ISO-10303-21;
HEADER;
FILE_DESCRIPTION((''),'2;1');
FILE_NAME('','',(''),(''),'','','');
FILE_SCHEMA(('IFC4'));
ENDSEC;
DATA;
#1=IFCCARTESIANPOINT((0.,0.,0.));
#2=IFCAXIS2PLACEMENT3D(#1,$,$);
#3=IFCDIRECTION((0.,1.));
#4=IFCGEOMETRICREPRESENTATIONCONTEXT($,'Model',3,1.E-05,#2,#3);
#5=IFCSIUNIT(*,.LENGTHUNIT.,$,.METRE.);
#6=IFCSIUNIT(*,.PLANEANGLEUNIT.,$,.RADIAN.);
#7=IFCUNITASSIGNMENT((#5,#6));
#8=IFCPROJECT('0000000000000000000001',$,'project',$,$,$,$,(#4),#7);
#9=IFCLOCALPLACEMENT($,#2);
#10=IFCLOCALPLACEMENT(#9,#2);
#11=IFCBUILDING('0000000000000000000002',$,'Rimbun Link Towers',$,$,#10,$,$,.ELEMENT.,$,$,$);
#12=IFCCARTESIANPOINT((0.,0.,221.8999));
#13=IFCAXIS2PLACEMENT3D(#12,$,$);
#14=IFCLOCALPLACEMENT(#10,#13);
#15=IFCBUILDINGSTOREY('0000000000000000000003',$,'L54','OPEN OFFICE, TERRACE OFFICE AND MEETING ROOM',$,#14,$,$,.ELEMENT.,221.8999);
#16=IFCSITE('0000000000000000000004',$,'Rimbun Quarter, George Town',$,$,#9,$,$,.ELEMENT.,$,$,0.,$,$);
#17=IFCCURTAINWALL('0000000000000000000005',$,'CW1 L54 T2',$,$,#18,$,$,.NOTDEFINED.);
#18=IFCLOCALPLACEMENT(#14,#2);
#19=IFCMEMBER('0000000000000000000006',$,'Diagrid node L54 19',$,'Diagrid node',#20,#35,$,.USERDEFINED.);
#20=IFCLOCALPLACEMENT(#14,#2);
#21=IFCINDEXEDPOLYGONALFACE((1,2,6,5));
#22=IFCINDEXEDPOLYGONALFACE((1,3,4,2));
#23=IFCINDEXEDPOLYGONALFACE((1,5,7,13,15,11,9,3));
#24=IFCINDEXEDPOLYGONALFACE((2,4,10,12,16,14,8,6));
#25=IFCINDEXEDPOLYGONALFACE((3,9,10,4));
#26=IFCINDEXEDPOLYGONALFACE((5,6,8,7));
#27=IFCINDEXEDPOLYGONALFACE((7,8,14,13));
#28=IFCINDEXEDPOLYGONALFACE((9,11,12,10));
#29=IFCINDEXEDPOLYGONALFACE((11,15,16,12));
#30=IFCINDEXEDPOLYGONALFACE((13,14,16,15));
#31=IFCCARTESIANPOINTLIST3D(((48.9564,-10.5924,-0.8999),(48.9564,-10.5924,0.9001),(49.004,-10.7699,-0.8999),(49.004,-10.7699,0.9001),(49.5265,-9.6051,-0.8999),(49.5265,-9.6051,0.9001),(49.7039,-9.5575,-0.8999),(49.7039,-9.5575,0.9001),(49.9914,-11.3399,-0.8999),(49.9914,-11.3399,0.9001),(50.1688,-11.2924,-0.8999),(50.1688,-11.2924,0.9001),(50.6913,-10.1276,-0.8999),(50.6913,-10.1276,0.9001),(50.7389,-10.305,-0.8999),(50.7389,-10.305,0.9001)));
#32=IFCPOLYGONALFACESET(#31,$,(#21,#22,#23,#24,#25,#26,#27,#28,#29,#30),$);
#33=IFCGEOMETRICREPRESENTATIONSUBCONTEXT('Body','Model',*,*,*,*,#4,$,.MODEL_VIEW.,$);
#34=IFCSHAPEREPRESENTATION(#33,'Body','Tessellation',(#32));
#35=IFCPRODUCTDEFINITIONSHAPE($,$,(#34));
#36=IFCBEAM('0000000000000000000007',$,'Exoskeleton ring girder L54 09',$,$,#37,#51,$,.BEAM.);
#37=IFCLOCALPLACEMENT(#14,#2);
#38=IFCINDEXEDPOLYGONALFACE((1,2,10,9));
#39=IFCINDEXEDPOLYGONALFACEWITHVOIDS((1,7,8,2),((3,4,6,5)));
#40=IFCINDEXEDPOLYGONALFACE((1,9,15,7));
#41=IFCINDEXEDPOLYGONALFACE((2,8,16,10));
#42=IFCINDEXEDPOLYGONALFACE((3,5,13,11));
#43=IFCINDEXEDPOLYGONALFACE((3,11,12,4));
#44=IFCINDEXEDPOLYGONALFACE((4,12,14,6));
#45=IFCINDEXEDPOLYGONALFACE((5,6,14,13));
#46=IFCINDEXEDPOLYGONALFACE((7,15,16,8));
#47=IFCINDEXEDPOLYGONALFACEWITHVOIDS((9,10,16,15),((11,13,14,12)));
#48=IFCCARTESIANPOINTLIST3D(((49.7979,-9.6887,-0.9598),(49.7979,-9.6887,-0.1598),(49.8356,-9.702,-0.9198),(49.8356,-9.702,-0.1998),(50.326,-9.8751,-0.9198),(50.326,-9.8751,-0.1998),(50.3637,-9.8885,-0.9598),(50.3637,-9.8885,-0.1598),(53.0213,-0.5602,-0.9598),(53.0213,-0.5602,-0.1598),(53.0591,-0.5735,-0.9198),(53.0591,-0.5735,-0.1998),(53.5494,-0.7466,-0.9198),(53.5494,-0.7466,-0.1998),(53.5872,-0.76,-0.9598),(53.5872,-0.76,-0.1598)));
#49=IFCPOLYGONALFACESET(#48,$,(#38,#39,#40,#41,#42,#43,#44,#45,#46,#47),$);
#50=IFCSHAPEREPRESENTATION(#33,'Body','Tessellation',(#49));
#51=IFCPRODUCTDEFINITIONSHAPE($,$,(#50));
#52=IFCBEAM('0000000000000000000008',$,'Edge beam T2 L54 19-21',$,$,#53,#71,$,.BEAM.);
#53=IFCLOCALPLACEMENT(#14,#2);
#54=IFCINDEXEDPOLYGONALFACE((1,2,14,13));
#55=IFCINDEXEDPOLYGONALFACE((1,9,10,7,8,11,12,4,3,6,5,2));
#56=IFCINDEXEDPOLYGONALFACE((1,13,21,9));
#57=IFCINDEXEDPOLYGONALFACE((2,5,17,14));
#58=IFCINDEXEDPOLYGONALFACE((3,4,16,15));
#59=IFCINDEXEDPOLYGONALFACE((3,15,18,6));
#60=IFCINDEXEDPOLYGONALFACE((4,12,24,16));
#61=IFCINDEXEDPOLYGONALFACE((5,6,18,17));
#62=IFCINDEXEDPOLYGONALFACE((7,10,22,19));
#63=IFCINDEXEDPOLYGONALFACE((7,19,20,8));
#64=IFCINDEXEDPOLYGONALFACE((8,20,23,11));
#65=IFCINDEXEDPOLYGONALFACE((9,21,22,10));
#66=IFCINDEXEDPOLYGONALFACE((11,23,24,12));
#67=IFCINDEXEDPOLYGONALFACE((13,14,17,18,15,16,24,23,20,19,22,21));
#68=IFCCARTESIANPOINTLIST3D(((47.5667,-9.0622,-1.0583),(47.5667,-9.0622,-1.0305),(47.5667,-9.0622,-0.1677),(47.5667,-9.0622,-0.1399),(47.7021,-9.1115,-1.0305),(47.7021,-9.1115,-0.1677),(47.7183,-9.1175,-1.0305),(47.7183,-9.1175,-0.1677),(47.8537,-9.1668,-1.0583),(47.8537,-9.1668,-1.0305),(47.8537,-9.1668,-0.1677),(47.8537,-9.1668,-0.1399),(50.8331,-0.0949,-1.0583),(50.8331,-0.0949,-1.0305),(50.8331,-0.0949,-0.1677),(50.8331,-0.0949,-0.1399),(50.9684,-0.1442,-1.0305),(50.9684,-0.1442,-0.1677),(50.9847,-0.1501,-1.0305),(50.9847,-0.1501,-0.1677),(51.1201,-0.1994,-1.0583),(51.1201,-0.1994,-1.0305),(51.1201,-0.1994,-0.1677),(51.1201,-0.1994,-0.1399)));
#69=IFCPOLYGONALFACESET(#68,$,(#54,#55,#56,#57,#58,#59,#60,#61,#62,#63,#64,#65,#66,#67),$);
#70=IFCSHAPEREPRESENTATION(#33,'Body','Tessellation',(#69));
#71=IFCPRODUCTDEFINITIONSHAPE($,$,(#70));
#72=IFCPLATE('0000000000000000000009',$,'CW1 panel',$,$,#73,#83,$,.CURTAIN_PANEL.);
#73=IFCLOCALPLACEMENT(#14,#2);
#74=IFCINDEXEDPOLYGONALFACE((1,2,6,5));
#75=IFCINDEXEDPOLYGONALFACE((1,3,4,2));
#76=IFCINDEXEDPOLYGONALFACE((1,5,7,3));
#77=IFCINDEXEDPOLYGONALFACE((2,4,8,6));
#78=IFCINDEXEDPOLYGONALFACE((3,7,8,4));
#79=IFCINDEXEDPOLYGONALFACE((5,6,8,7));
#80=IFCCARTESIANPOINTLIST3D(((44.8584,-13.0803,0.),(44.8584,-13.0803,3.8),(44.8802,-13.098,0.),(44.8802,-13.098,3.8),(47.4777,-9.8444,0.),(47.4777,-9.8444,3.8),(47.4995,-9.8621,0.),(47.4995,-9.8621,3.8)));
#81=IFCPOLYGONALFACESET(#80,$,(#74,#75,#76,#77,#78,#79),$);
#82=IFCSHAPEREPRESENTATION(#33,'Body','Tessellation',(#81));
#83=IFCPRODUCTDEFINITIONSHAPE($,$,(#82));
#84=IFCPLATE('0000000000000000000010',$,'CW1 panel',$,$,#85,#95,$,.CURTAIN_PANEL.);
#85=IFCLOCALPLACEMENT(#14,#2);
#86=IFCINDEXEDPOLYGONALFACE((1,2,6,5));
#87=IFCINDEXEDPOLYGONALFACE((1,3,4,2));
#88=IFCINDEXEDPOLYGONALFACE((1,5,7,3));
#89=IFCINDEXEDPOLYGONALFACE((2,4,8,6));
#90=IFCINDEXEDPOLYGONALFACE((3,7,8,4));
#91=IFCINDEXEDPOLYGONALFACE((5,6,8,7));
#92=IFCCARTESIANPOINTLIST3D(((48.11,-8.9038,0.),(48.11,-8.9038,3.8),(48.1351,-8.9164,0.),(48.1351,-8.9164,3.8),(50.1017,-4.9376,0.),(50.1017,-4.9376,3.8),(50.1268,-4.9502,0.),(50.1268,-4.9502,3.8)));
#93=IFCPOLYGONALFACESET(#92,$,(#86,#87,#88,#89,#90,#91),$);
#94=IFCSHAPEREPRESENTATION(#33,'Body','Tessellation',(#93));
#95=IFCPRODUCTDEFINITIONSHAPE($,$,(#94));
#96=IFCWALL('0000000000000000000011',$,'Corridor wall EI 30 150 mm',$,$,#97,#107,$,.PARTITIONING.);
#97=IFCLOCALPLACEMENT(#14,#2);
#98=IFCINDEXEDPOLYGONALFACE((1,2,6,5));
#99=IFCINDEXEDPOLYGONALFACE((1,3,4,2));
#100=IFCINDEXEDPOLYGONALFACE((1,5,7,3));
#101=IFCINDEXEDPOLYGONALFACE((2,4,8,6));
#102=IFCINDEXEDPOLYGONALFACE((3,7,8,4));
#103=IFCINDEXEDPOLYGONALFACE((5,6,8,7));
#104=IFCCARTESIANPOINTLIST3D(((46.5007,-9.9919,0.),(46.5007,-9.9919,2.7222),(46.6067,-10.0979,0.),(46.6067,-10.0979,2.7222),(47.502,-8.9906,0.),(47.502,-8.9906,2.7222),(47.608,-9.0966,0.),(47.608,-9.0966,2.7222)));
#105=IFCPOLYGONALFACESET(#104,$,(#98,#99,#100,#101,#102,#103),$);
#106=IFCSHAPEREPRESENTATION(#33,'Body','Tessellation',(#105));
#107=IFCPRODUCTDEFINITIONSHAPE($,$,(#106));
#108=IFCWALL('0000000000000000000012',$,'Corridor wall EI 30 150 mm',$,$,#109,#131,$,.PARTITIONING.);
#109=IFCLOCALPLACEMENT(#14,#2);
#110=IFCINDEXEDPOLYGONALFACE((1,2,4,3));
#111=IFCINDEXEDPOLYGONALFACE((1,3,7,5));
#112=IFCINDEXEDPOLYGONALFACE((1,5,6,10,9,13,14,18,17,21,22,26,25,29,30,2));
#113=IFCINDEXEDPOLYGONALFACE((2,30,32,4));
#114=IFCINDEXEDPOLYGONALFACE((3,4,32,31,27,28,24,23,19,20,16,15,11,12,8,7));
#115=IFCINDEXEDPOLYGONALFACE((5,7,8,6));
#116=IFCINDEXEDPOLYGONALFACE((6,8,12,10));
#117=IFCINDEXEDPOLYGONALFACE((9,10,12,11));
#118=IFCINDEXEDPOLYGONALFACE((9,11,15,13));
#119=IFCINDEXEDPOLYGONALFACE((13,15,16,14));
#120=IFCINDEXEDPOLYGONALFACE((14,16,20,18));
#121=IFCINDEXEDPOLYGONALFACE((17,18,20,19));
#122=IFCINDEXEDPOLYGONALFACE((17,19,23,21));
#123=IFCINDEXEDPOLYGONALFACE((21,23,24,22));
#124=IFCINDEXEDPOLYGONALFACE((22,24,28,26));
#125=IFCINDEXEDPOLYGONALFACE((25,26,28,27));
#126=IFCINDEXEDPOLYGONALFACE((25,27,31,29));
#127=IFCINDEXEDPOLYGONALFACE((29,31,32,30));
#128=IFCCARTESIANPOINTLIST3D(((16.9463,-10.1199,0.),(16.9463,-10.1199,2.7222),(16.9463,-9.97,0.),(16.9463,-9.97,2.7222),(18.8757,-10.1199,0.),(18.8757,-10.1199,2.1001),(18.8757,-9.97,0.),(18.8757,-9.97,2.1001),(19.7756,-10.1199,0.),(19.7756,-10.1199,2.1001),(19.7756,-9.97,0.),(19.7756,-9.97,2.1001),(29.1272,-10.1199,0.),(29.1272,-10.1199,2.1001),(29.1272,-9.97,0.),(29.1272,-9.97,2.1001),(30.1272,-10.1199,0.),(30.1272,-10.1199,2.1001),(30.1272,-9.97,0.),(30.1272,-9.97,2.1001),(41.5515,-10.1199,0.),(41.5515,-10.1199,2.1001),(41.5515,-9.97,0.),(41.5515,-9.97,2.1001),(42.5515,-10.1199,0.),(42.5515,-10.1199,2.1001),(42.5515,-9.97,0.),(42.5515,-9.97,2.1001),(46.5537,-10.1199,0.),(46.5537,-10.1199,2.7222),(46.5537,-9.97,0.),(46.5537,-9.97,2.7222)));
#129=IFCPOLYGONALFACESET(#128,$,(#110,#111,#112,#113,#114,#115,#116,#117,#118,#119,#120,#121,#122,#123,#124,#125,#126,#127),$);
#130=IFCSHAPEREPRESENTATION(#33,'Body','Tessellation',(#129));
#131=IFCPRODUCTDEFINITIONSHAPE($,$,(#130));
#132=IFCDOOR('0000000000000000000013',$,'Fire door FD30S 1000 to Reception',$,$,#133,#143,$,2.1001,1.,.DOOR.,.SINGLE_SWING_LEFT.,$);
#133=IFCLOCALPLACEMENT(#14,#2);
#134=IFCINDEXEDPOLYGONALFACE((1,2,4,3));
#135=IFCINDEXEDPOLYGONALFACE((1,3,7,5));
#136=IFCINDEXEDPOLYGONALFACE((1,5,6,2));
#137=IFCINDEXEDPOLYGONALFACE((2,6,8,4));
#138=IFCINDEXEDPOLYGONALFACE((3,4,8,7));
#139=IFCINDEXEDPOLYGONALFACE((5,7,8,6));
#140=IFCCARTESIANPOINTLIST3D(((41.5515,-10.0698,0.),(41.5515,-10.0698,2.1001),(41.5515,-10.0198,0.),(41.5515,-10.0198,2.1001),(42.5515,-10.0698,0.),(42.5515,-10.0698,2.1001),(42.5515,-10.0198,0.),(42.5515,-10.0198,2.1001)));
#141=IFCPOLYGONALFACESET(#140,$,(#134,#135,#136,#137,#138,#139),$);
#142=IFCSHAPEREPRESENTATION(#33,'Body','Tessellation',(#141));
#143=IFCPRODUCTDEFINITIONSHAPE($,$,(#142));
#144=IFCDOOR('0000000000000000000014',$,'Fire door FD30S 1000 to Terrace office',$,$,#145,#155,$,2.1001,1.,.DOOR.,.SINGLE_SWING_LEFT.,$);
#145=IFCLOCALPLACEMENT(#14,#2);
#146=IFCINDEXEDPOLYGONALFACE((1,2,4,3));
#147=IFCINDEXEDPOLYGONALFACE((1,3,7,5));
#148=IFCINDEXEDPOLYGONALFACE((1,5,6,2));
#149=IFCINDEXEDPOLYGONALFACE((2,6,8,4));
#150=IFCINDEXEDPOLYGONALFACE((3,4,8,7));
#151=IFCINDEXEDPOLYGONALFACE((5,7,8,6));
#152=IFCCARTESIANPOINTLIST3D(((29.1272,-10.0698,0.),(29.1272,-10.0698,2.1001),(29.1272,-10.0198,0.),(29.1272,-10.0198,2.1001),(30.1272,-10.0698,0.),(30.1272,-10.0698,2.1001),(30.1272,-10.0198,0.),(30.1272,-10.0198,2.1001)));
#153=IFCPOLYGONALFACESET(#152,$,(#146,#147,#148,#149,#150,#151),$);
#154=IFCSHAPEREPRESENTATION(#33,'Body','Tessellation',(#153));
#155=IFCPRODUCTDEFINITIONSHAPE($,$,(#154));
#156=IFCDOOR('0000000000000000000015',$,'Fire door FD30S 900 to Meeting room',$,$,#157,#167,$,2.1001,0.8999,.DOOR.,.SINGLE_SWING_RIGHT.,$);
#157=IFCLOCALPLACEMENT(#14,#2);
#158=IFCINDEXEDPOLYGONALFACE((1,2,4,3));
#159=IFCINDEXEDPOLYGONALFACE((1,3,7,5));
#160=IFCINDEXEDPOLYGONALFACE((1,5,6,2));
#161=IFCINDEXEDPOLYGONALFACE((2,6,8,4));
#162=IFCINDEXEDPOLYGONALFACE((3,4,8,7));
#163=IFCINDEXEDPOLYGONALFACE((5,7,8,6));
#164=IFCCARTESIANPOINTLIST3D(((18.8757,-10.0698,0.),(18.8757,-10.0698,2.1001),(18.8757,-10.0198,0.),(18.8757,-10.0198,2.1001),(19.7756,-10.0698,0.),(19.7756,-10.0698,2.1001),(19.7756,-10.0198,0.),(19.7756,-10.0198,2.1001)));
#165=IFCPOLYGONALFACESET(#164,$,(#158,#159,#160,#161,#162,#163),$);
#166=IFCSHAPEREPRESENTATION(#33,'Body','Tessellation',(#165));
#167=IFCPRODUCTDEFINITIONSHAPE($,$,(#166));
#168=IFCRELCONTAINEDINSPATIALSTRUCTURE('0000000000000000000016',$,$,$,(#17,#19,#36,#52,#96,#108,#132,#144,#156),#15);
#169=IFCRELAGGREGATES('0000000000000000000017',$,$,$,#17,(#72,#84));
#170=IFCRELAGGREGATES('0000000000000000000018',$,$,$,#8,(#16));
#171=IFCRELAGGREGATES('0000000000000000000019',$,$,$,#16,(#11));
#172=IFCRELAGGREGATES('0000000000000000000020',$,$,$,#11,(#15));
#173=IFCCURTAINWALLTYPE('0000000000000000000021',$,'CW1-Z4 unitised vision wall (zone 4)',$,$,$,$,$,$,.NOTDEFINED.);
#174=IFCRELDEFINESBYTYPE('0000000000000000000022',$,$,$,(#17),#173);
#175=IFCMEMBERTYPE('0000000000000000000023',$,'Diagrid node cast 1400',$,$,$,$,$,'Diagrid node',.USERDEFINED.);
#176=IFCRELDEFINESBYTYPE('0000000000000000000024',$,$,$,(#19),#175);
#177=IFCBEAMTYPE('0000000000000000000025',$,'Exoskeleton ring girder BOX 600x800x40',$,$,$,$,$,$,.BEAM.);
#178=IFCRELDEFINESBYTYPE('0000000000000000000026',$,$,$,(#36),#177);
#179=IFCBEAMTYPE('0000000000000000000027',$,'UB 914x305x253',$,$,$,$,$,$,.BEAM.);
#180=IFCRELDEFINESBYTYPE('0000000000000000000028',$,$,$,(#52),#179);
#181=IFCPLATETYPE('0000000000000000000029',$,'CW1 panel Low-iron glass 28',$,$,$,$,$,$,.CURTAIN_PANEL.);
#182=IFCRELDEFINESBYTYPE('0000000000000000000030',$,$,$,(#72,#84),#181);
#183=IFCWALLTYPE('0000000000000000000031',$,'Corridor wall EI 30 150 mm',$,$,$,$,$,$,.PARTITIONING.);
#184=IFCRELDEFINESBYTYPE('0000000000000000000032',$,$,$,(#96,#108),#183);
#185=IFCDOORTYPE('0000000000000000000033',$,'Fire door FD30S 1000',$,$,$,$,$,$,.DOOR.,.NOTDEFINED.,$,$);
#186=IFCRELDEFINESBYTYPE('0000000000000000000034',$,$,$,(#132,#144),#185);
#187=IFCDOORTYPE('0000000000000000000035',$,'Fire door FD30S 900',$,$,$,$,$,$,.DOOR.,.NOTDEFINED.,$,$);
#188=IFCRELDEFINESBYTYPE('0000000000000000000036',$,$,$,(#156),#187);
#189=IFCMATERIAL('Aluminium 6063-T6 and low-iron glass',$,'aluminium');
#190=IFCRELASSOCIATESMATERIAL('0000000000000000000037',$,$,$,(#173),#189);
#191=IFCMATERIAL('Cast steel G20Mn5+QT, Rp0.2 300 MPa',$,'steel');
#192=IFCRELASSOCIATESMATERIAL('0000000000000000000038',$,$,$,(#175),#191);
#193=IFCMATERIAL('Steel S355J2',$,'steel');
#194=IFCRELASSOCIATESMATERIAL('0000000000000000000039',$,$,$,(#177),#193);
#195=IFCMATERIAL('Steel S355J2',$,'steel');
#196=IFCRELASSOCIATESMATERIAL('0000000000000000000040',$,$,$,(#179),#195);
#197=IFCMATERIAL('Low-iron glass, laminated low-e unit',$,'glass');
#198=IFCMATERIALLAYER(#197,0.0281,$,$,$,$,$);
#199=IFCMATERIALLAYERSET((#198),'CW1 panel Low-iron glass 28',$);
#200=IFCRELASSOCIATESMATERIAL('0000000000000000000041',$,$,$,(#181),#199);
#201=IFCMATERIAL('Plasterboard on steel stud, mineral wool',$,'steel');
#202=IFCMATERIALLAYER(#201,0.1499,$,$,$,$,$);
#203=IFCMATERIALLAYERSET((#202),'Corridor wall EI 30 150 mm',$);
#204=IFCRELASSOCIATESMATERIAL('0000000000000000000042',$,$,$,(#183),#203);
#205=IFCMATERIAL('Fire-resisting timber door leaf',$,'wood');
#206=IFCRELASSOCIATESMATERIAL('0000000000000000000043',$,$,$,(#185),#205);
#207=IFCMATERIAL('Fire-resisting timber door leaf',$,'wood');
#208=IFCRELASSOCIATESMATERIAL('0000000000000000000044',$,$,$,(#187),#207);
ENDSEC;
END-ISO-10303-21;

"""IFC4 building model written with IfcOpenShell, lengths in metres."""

from ifc_helpers import new_model, si_unit, direction, frame, frame_2d, origin, origin_2d, place, context, subcontext, project, spatial, polyline, rectangle, hollow_rectangle, i_section, outline, extrude, material, layer, layer_set, material_profile, profile_set, type_object, element, fill, aggregate, save


model = new_model("IFC4")

# Units and contexts
model_context = context("Model", 3, precision=1e-05, world=origin(), true_north=direction((0.0, 1.0)))
body_context = subcontext(model_context, "Body", "Model", "MODEL_VIEW")
ifc_project = project(units=[si_unit("LENGTHUNIT", "METRE"), si_unit("PLANEANGLEUNIT", "RADIAN")], contexts=[model_context])

# Site, building, storey
site_placement = place(None, origin())
site = spatial("IfcSite", under=ifc_project, at=site_placement, Name="Rimbun Quarter, George Town", CompositionType="ELEMENT", RefElevation=0.0)
building_placement = place(site_placement, origin())
building = spatial("IfcBuilding", under=site, at=building_placement, Name="Rimbun Link Towers", CompositionType="ELEMENT")
storey_placement = place(building_placement, frame((0.0, 0.0, 221.8999)))
storey = spatial("IfcBuildingStorey", under=building, at=storey_placement, Name="L54", Description="OPEN OFFICE, TERRACE OFFICE AND MEETING ROOM", CompositionType="ELEMENT", Elevation=221.8999)

# Curtain wall
ifc_material_1 = material(Name="Aluminium 6063-T6 and low-iron glass", Category="aluminium")
curtain_wall_type = type_object("IfcCurtainWallType", Name="CW1-Z4 unitised vision wall (zone 4)", PredefinedType="NOTDEFINED", material=ifc_material_1)
curtain_wall_placement = place(storey_placement, origin())
curtain_wall = element("IfcCurtainWall", 1, at=curtain_wall_placement, inside=storey, type_object=curtain_wall_type, Name="CW1 L54 T2", PredefinedType="NOTDEFINED")

# Member
ifc_material_2 = material(Name="Cast steel G20Mn5+QT, Rp0.2 300 MPa", Category="steel")
ifc_material_profile_1 = material_profile(ifc_material_2, outline(polyline([(0.7, -0.5701), (0.7, 0.5701), (0.5701, 0.7), (-0.5701, 0.7), (-0.7, 0.5701), (-0.7, -0.5701), (-0.5701, -0.7), (0.5701, -0.7), (0.7, -0.5701)])), Name="NODE 1400x1400")
ifc_profile_set_1 = profile_set([ifc_material_profile_1], Name="Cast steel G20Mn5+QT, Rp0.2 300 MPa")
member_type_1 = type_object("IfcMemberType", Name="Diagrid node cast 1400", ElementType="Diagrid node", PredefinedType="USERDEFINED", material=ifc_profile_set_1)
member_1_placement = place(storey_placement, frame((49.8477, -10.4487, -0.8999), z_axis=(0.0, 0.0, 1.0), x_axis=(0.866025, -0.5, 0.0)))
element("IfcMember", 2, at=member_1_placement, inside=storey, type_object=member_type_1, Name="Diagrid node L54 19", ObjectType="Diagrid node", PredefinedType="USERDEFINED", context=body_context, shape_type="SweptSolid", body=[
    extrude(outline(polyline([(0.7, -0.5701), (0.7, 0.5701), (0.5701, 0.7), (-0.5701, 0.7), (-0.7, 0.5701), (-0.7, -0.5701), (-0.5701, -0.7), (0.5701, -0.7), (0.7, -0.5701)])), origin(), (0.0, 0.0, 1.0), 1.8),
])

# Beams
ifc_material_3 = material(Name="Steel S355J2", Category="steel")
ifc_material_profile_2 = material_profile(ifc_material_3, hollow_rectangle(XDim=0.6001, YDim=0.8, WallThickness=0.04, at=origin_2d()), Name="Exoskeleton ring girder BOX 600x800x40")
ifc_profile_set_2 = profile_set([ifc_material_profile_2], Name="Steel S355J2")
beam_type_1 = type_object("IfcBeamType", Name="Exoskeleton ring girder BOX 600x800x40", PredefinedType="BEAM", material=ifc_profile_set_2)
beam_1_placement = place(storey_placement, frame((50.0808, -9.7886, -0.5598), z_axis=(0.332967, 0.942939, 0.0), x_axis=(-0.942939, 0.332967, 0.0)))
element("IfcBeam", 3, at=beam_1_placement, inside=storey, type_object=beam_type_1, Name="Exoskeleton ring girder L54 09", PredefinedType="BEAM", context=body_context, shape_type="SweptSolid", body=[
    extrude(hollow_rectangle(XDim=0.6001, YDim=0.8, WallThickness=0.04, at=origin_2d()), origin(), (0.0, 0.0, 1.0), 9.6809),
])
ifc_material_4 = material(Name="Steel S355J2", Category="steel")
ifc_material_profile_3 = material_profile(ifc_material_4, i_section(OverallWidth=0.3054, OverallDepth=0.9185, WebThickness=0.0173, FlangeThickness=0.0278, at=origin_2d()), Name="UB 914x305x253")
ifc_profile_set_3 = profile_set([ifc_material_profile_3], Name="Steel S355J2")
beam_type_2 = type_object("IfcBeamType", Name="UB 914x305x253", PredefinedType="BEAM", material=ifc_profile_set_3)
beam_2_placement = place(storey_placement, frame((47.7102, -9.1145, -0.5991), z_axis=(0.342254, 0.939607, 0.0), x_axis=(-0.939607, 0.342254, 0.0)))
element("IfcBeam", 4, at=beam_2_placement, inside=storey, type_object=beam_type_2, Name="Edge beam T2 L54 19-21", PredefinedType="BEAM", context=body_context, shape_type="SweptSolid", body=[
    extrude(i_section(OverallWidth=0.3054, OverallDepth=0.9185, WebThickness=0.0173, FlangeThickness=0.0278, at=origin_2d()), origin(), (0.0, 0.0, 1.0), 9.5437),
])

# Plates
ifc_material_5 = material(Name="Low-iron glass, laminated low-e unit", Category="glass")
ifc_layer_1 = layer(ifc_material_5, 0.0281)
ifc_layer_set_1 = layer_set([ifc_layer_1], Name="CW1 panel Low-iron glass 28")
plate_type = type_object("IfcPlateType", Name="CW1 panel Low-iron glass 28", PredefinedType="CURTAIN_PANEL", material=ifc_layer_set_1)
plate_1_placement = place(storey_placement, frame((46.179, -11.4712, 0.0), z_axis=(0.0, 0.0, 1.0), x_axis=(-0.62916, -0.777276, 0.0)))
plate_1 = element("IfcPlate", 5, at=plate_1_placement, type_object=plate_type, Name="CW1 panel", PredefinedType="CURTAIN_PANEL", context=body_context, shape_type="SweptSolid", body=[
    extrude(rectangle(XDim=4.1631, YDim=0.0281, at=origin_2d()), origin(), (0.0, 0.0, 1.0), 3.8),
])
plate_2_placement = place(storey_placement, frame((49.1184, -6.927, 0.0), z_axis=(0.0, 0.0, 1.0), x_axis=(-0.448771, -0.893647, 0.0)))
plate_2 = element("IfcPlate", 6, at=plate_2_placement, type_object=plate_type, Name="CW1 panel", PredefinedType="CURTAIN_PANEL", context=body_context, shape_type="SweptSolid", body=[
    extrude(rectangle(XDim=4.4382, YDim=0.0281, at=origin_2d()), origin(), (0.0, 0.0, 1.0), 3.8),
])
aggregate(curtain_wall, [plate_1, plate_2])

# Wall
ifc_material_6 = material(Name="Plasterboard on steel stud, mineral wool", Category="steel")
ifc_layer_2 = layer(ifc_material_6, 0.1499)
ifc_layer_set_2 = layer_set([ifc_layer_2], Name="Corridor wall EI 30 150 mm")
wall_type_1 = type_object("IfcWallType", Name="Corridor wall EI 30 150 mm", PredefinedType="PARTITIONING", material=ifc_layer_set_2)
wall_1_placement = place(storey_placement, frame((46.5537, -10.0449, 0.0), z_axis=(0.0, 0.0, 1.0), x_axis=(0.707107, 0.707107, 0.0)))
element("IfcWall", 7, at=wall_1_placement, inside=storey, type_object=wall_type_1, Name="Corridor wall EI 30 150 mm", PredefinedType="PARTITIONING", context=body_context, shape_type="SweptSolid", body=[
    extrude(rectangle(XDim=1.416, YDim=0.1499, at=frame_2d((0.708, 0.0))), origin(), (0.0, 0.0, 1.0), 2.7222),
])

# Wall, openings, doors
wall_2_placement = place(storey_placement, frame((46.5537, -10.0449, 0.0), z_axis=(0.0, 0.0, 1.0), x_axis=(-1.0, 0.0, 0.0)))
wall_2 = element("IfcWall", 8, at=wall_2_placement, inside=storey, type_object=wall_type_1, Name="Corridor wall EI 30 150 mm", PredefinedType="PARTITIONING", context=body_context, shape_type="SweptSolid", body=[
    extrude(rectangle(XDim=29.6074, YDim=0.1499, at=frame_2d((14.8037, 0.0))), origin(), (0.0, 0.0, 1.0), 2.7222),
])
opening_1_placement = place(wall_2_placement, frame((4.0022, 0.0, 0.0)))
opening_1 = element("IfcOpeningElement", 9, at=opening_1_placement, cuts=wall_2, PredefinedType="OPENING", context=body_context, shape_type="SweptSolid", body=[
    extrude(rectangle(XDim=1.0, YDim=2.1001, at=frame_2d((0.5, 1.05))), frame((0.0, 0.085, 0.0), z_axis=(0.0, -1.0, 0.0), x_axis=(1.0, 0.0, 0.0)), (0.0, 0.0, 1.0), 0.1699),
])
opening_2_placement = place(wall_2_placement, frame((26.7781, 0.0, 0.0)))
opening_2 = element("IfcOpeningElement", 10, at=opening_2_placement, cuts=wall_2, PredefinedType="OPENING", context=body_context, shape_type="SweptSolid", body=[
    extrude(rectangle(XDim=0.8999, YDim=2.1001, at=frame_2d((0.45, 1.05))), frame((0.0, 0.085, 0.0), z_axis=(0.0, -1.0, 0.0), x_axis=(1.0, 0.0, 0.0)), (0.0, 0.0, 1.0), 0.1699),
])
opening_3_placement = place(wall_2_placement, frame((16.4265, 0.0, 0.0)))
opening_3 = element("IfcOpeningElement", 11, at=opening_3_placement, cuts=wall_2, PredefinedType="OPENING", context=body_context, shape_type="SweptSolid", body=[
    extrude(rectangle(XDim=1.0, YDim=2.1001, at=frame_2d((0.5, 1.05))), frame((0.0, 0.085, 0.0), z_axis=(0.0, -1.0, 0.0), x_axis=(1.0, 0.0, 0.0)), (0.0, 0.0, 1.0), 0.1699),
])
ifc_material_7 = material(Name="Fire-resisting timber door leaf", Category="wood")
door_type_1 = type_object("IfcDoorType", Name="Fire door FD30S 1000", OperationType="NOTDEFINED", PredefinedType="DOOR", material=ifc_material_7)
door_1_placement = place(opening_1_placement, origin())
door_1 = element("IfcDoor", 12, at=door_1_placement, inside=storey, type_object=door_type_1, Name="Fire door FD30S 1000 to Reception", OperationType="SINGLE_SWING_LEFT", OverallHeight=2.1001, OverallWidth=1.0, PredefinedType="DOOR", context=body_context, shape_type="SweptSolid", body=[
    extrude(rectangle(XDim=1.0, YDim=2.1001, at=frame_2d((0.5, 1.05))), frame((0.0, 0.0249, 0.0), z_axis=(0.0, -1.0, 0.0), x_axis=(1.0, 0.0, 0.0)), (0.0, 0.0, 1.0), 0.05),
])
fill(opening_1, door_1)
door_2_placement = place(opening_3_placement, origin())
door_2 = element("IfcDoor", 13, at=door_2_placement, inside=storey, type_object=door_type_1, Name="Fire door FD30S 1000 to Terrace office", OperationType="SINGLE_SWING_LEFT", OverallHeight=2.1001, OverallWidth=1.0, PredefinedType="DOOR", context=body_context, shape_type="SweptSolid", body=[
    extrude(rectangle(XDim=1.0, YDim=2.1001, at=frame_2d((0.5, 1.05))), frame((0.0, 0.0249, 0.0), z_axis=(0.0, -1.0, 0.0), x_axis=(1.0, 0.0, 0.0)), (0.0, 0.0, 1.0), 0.05),
])
fill(opening_3, door_2)
ifc_material_8 = material(Name="Fire-resisting timber door leaf", Category="wood")
door_type_2 = type_object("IfcDoorType", Name="Fire door FD30S 900", OperationType="NOTDEFINED", PredefinedType="DOOR", material=ifc_material_8)
door_3_placement = place(opening_2_placement, origin())
door_3 = element("IfcDoor", 14, at=door_3_placement, inside=storey, type_object=door_type_2, Name="Fire door FD30S 900 to Meeting room", OperationType="SINGLE_SWING_RIGHT", OverallHeight=2.1001, OverallWidth=0.8999, PredefinedType="DOOR", context=body_context, shape_type="SweptSolid", body=[
    extrude(rectangle(XDim=0.8999, YDim=2.1001, at=frame_2d((0.45, 1.05))), frame((0.0, 0.0249, 0.0), z_axis=(0.0, -1.0, 0.0), x_axis=(1.0, 0.0, 0.0)), (0.0, 0.0, 1.0), 0.05),
])
fill(opening_2, door_3)

save(model, "model.ifc")
